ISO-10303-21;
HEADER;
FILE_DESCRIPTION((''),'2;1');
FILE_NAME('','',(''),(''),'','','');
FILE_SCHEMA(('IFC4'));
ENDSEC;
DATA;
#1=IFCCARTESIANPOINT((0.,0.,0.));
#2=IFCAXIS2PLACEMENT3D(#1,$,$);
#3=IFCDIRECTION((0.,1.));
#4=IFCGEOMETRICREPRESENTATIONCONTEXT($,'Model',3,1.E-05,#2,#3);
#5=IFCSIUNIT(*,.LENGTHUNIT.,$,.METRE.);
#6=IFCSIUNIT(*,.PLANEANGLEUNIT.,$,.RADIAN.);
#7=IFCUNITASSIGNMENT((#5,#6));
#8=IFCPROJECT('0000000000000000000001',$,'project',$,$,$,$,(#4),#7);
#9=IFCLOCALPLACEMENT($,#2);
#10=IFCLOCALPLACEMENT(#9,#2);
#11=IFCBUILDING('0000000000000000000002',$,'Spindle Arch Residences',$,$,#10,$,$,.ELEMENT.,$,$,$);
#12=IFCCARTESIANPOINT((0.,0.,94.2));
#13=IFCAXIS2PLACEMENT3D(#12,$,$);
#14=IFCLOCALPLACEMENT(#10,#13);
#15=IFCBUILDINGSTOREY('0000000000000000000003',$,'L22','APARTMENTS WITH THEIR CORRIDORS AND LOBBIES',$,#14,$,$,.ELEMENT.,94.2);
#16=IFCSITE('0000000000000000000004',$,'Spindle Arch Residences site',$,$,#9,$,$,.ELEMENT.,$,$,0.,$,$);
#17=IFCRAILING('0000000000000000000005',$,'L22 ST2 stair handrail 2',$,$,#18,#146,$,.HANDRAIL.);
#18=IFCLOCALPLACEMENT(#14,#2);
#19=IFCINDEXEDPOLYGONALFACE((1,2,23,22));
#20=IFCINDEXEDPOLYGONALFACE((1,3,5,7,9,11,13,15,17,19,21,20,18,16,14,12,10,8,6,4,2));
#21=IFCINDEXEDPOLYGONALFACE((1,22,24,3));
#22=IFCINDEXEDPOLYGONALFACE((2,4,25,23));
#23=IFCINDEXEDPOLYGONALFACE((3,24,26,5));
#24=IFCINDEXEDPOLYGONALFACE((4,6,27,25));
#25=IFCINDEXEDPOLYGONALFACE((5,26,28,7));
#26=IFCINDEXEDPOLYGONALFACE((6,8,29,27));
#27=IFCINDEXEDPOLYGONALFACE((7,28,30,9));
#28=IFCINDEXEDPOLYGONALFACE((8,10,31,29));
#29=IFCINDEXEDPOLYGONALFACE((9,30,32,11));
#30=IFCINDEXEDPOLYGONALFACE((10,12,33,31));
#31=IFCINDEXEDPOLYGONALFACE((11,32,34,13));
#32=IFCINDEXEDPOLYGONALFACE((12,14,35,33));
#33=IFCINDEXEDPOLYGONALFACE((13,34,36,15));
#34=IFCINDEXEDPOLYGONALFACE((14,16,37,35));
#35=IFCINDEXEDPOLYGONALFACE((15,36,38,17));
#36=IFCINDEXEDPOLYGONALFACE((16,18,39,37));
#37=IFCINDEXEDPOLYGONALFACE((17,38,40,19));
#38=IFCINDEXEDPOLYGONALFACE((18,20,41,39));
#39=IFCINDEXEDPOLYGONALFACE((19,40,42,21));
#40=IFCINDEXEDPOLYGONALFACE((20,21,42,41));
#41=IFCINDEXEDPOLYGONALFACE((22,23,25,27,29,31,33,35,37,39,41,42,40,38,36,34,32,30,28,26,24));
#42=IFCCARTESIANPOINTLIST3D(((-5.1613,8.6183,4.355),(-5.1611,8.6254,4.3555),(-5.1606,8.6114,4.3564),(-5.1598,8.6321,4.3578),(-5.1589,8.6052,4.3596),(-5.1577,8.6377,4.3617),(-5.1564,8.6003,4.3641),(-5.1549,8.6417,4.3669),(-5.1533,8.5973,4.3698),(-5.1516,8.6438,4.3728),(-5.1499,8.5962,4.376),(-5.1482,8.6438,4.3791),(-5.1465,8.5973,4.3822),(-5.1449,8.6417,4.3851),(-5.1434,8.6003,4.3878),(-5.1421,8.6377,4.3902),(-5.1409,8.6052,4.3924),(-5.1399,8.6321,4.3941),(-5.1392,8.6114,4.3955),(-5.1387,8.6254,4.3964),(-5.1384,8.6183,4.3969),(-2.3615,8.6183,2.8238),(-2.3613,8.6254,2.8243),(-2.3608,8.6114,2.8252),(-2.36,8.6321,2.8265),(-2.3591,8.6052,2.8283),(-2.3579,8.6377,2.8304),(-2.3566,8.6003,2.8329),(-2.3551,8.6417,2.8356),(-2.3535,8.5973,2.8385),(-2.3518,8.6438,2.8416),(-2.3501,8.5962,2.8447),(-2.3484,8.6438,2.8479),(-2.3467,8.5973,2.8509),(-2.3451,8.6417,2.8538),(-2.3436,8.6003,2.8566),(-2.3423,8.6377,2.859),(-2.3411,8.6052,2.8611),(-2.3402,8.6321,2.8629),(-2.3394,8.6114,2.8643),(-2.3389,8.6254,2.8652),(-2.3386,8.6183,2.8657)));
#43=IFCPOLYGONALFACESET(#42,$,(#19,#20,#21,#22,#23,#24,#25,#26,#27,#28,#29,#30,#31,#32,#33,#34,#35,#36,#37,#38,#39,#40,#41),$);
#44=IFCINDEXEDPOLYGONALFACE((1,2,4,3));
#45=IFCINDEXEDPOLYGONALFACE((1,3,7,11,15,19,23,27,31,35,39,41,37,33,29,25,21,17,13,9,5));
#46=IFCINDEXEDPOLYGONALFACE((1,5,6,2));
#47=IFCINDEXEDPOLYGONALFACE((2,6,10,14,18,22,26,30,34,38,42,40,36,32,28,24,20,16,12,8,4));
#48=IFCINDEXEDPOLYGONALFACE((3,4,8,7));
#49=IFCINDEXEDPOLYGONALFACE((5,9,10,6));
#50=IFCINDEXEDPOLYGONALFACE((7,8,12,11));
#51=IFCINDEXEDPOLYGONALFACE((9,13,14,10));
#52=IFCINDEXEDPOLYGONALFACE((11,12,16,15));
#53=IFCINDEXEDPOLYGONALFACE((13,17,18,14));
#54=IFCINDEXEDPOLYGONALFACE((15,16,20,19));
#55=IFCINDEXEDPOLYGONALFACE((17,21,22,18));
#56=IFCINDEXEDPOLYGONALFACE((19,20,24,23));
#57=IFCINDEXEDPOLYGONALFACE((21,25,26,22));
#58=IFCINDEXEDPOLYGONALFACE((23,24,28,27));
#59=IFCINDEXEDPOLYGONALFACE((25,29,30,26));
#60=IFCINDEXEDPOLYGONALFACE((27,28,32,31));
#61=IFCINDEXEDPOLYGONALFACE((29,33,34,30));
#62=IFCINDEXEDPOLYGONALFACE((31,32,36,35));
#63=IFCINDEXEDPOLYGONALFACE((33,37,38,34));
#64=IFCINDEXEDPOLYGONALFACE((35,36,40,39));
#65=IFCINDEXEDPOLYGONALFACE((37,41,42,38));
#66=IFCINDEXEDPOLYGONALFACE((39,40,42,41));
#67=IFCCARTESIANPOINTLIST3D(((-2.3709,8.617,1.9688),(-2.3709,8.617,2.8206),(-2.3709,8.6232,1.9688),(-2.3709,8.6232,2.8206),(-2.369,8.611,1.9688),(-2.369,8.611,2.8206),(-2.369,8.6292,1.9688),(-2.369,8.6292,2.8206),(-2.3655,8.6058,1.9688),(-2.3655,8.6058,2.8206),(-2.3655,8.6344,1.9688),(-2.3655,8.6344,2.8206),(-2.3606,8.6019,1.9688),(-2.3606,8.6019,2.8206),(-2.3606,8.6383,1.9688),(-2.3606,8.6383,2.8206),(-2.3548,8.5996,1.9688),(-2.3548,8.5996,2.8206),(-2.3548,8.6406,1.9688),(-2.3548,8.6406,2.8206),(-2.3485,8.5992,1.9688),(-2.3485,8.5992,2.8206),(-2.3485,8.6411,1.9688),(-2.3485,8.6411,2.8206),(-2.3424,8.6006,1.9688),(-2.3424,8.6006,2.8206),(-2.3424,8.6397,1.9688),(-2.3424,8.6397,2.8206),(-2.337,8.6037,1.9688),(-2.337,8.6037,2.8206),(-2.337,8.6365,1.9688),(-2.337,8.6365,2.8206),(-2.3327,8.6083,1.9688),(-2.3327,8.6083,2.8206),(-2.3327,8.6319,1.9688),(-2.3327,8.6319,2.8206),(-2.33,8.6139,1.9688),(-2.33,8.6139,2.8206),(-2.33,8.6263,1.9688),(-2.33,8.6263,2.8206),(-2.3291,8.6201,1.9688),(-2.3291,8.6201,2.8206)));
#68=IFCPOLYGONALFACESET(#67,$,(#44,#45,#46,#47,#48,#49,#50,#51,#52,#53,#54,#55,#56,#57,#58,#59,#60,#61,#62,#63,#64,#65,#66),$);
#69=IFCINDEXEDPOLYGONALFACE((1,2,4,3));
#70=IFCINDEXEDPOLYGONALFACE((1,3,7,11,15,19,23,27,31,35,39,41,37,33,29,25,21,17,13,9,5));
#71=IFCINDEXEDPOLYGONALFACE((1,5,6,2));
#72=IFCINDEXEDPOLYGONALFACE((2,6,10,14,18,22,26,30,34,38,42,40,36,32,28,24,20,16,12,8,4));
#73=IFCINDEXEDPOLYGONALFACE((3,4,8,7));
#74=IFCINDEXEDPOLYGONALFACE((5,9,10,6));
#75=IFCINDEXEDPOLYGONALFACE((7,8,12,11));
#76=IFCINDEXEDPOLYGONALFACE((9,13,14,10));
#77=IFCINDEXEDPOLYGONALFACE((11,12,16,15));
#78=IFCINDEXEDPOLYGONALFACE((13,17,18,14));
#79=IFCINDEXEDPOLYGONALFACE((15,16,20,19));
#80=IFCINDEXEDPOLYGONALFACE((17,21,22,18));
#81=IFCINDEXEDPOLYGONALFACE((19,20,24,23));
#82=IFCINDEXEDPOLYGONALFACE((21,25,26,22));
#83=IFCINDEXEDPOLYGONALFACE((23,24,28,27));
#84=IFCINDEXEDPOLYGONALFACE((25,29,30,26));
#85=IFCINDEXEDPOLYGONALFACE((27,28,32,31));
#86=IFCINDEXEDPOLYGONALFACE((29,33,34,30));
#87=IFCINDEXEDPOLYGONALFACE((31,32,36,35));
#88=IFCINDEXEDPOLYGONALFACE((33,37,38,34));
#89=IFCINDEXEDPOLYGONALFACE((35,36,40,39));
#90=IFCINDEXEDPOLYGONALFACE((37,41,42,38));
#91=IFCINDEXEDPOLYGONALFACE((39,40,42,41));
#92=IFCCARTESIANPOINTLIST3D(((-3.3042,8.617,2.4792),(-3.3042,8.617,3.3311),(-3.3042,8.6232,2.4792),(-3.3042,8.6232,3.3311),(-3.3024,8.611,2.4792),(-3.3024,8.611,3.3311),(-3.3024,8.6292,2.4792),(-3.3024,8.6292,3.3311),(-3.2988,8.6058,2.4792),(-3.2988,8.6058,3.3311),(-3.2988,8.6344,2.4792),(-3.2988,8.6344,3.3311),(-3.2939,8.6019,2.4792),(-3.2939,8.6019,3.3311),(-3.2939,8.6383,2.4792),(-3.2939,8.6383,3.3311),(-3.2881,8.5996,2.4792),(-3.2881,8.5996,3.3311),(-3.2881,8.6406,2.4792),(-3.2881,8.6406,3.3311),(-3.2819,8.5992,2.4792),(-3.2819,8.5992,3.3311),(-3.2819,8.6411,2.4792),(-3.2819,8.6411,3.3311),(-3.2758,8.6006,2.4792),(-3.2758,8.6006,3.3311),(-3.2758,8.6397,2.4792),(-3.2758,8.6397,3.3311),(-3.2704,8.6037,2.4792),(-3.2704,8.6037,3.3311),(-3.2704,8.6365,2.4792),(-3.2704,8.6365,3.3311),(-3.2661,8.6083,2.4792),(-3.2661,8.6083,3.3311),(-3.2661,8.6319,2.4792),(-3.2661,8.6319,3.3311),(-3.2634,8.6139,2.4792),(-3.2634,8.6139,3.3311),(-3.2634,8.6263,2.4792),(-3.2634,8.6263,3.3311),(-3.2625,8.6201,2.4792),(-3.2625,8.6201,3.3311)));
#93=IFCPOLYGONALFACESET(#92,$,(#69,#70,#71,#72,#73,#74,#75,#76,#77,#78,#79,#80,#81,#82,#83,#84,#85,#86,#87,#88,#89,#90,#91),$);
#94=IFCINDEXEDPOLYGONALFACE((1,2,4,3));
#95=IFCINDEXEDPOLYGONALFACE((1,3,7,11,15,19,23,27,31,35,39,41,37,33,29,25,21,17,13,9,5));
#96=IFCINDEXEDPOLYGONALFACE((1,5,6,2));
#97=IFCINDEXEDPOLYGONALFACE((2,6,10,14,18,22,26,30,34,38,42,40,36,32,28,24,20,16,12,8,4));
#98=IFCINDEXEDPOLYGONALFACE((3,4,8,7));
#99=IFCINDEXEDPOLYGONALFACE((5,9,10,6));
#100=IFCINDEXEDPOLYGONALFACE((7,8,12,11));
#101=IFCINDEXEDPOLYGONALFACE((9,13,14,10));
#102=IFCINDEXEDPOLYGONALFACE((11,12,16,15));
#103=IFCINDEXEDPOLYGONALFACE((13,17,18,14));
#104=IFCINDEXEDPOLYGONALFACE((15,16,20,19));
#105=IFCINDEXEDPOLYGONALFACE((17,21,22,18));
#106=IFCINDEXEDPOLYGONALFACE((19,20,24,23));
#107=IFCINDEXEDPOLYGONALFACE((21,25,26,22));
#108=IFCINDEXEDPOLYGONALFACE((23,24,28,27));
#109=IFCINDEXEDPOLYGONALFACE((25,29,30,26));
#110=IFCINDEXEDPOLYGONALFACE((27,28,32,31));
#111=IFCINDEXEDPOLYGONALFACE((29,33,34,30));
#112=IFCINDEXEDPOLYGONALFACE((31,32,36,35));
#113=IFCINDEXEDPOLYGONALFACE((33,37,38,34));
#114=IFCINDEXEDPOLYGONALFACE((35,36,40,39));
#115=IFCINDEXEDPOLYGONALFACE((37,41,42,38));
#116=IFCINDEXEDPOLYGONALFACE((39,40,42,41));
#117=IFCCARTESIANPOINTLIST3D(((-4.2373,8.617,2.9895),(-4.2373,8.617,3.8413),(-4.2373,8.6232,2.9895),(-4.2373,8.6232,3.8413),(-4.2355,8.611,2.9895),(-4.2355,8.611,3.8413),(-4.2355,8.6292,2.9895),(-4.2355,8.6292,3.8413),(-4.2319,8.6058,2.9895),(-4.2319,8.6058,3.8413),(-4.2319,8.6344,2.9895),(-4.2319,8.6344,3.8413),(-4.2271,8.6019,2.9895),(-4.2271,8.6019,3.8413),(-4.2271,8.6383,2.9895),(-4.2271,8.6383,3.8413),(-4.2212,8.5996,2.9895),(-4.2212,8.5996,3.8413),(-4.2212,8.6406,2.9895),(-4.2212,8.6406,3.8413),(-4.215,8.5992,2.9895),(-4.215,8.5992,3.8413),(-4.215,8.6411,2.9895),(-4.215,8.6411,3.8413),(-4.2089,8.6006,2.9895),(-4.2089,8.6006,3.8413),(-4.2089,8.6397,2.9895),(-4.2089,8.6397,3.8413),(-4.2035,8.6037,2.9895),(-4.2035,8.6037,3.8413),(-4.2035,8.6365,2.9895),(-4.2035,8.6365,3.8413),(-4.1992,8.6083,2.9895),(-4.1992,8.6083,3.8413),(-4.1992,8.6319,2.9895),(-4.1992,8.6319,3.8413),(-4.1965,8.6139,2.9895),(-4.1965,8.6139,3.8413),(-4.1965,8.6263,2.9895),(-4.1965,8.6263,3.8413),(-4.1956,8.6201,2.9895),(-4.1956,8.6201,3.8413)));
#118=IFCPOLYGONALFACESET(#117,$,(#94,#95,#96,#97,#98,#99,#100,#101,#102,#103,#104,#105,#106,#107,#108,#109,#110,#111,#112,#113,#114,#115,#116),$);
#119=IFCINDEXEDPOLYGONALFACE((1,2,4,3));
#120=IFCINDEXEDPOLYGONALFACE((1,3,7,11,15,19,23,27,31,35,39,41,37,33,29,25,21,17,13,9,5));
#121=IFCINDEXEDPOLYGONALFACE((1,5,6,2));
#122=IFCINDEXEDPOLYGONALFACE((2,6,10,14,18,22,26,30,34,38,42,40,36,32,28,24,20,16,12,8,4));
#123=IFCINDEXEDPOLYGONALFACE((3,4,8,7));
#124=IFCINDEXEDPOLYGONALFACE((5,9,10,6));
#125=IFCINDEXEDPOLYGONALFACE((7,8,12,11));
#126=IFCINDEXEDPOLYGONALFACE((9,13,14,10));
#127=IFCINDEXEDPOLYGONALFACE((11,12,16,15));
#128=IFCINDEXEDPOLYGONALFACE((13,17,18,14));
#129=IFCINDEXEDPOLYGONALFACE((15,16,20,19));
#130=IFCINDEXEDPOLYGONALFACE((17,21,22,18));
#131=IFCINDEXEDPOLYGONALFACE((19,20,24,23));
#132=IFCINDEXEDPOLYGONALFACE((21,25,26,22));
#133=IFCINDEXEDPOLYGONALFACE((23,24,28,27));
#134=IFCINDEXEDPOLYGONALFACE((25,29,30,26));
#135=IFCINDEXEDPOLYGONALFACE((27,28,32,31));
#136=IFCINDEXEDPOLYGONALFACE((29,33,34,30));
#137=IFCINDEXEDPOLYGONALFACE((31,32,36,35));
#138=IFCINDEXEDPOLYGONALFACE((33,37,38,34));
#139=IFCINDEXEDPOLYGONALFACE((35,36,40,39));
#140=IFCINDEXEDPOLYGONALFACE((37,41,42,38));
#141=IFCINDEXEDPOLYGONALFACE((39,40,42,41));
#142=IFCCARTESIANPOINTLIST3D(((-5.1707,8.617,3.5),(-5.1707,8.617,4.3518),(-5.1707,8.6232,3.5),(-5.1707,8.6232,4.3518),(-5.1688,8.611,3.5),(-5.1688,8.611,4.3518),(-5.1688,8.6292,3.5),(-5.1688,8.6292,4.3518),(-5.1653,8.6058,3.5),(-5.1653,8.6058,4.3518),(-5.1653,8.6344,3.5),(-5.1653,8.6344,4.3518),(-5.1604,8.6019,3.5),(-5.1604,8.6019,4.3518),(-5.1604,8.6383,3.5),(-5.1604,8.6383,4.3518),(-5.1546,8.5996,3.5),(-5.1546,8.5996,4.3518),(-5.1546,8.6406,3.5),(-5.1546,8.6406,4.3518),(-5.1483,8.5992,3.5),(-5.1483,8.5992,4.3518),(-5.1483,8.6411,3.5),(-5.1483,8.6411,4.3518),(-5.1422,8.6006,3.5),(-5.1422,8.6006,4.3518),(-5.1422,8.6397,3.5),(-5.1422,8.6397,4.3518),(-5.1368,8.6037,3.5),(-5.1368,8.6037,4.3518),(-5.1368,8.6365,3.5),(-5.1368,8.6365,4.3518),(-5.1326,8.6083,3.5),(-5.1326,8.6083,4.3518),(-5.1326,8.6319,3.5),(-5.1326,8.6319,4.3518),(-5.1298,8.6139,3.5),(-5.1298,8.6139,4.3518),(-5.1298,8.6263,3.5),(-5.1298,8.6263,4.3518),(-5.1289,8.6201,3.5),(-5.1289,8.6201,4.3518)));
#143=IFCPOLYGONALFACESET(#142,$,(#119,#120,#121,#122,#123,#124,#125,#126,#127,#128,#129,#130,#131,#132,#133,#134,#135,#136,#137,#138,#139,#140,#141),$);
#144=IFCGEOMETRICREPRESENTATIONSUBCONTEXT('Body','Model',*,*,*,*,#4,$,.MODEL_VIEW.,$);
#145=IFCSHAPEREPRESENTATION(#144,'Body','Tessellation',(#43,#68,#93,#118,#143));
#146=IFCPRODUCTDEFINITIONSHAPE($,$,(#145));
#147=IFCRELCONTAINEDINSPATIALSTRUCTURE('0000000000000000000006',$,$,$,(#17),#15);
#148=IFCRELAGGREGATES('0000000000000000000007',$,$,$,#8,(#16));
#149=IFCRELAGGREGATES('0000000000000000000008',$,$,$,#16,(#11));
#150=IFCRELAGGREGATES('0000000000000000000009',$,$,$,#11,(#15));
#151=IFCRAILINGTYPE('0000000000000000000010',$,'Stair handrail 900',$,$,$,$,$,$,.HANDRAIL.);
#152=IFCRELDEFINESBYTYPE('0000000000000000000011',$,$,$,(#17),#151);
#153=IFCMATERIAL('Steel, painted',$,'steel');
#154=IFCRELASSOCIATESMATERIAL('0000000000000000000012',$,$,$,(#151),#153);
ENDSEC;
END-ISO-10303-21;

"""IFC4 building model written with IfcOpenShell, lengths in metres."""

from ifc_helpers import new_model, si_unit, direction, frame, origin, origin_2d, place, context, subcontext, project, spatial, circle, extrude, material, type_object, element, save


model = new_model("IFC4")

# Units and contexts
model_context = context("Model", 3, precision=1e-05, world=origin(), true_north=direction((0.0, 1.0)))
body_context = subcontext(model_context, "Body", "Model", "MODEL_VIEW")
ifc_project = project(units=[si_unit("LENGTHUNIT", "METRE"), si_unit("PLANEANGLEUNIT", "RADIAN")], contexts=[model_context])

# Site, building, storey
site_placement = place(None, origin())
site = spatial("IfcSite", under=ifc_project, at=site_placement, Name="Spindle Arch Residences site", CompositionType="ELEMENT", RefElevation=0.0)
building_placement = place(site_placement, origin())
building = spatial("IfcBuilding", under=site, at=building_placement, Name="Spindle Arch Residences", CompositionType="ELEMENT")
storey_placement = place(building_placement, frame((0.0, 0.0, 94.2)))
storey = spatial("IfcBuildingStorey", under=building, at=storey_placement, Name="L22", Description="APARTMENTS WITH THEIR CORRIDORS AND LOBBIES", CompositionType="ELEMENT", Elevation=94.2)

# Railing
ifc_material_1 = material(Name="Steel, painted", Category="steel")
railing_type = type_object("IfcRailingType", Name="Stair handrail 900", PredefinedType="HANDRAIL", material=ifc_material_1)
railing_placement = place(storey_placement, frame((-2.3501, 8.6201, 1.9688)))
element("IfcRailing", 1, at=railing_placement, inside=storey, type_object=railing_type, Name="L22 ST2 stair handrail 2", PredefinedType="HANDRAIL", context=body_context, shape_type="SweptSolid", body=[
    extrude(circle(Radius=0.0239, at=origin_2d()), frame((0.0, 0.0, 0.876), z_axis=(-0.877357, 0.0, 0.479838), x_axis=(0.0, -1.0, 0.0)), (0.0, 0.0, 1.0), 3.1912),
    extrude(circle(Radius=0.021, at=origin_2d()), origin(), (0.0, 0.0, 1.0), 0.8518),
    extrude(circle(Radius=0.021, at=origin_2d()), frame((-0.9333, 0.0, 0.5105)), (0.0, 0.0, 1.0), 0.8518),
    extrude(circle(Radius=0.021, at=origin_2d()), frame((-1.8665, 0.0, 1.0208)), (0.0, 0.0, 1.0), 0.8518),
    extrude(circle(Radius=0.021, at=origin_2d()), frame((-2.7998, 0.0, 1.5312)), (0.0, 0.0, 1.0), 0.8518),
])

save(model, "model.ifc")
